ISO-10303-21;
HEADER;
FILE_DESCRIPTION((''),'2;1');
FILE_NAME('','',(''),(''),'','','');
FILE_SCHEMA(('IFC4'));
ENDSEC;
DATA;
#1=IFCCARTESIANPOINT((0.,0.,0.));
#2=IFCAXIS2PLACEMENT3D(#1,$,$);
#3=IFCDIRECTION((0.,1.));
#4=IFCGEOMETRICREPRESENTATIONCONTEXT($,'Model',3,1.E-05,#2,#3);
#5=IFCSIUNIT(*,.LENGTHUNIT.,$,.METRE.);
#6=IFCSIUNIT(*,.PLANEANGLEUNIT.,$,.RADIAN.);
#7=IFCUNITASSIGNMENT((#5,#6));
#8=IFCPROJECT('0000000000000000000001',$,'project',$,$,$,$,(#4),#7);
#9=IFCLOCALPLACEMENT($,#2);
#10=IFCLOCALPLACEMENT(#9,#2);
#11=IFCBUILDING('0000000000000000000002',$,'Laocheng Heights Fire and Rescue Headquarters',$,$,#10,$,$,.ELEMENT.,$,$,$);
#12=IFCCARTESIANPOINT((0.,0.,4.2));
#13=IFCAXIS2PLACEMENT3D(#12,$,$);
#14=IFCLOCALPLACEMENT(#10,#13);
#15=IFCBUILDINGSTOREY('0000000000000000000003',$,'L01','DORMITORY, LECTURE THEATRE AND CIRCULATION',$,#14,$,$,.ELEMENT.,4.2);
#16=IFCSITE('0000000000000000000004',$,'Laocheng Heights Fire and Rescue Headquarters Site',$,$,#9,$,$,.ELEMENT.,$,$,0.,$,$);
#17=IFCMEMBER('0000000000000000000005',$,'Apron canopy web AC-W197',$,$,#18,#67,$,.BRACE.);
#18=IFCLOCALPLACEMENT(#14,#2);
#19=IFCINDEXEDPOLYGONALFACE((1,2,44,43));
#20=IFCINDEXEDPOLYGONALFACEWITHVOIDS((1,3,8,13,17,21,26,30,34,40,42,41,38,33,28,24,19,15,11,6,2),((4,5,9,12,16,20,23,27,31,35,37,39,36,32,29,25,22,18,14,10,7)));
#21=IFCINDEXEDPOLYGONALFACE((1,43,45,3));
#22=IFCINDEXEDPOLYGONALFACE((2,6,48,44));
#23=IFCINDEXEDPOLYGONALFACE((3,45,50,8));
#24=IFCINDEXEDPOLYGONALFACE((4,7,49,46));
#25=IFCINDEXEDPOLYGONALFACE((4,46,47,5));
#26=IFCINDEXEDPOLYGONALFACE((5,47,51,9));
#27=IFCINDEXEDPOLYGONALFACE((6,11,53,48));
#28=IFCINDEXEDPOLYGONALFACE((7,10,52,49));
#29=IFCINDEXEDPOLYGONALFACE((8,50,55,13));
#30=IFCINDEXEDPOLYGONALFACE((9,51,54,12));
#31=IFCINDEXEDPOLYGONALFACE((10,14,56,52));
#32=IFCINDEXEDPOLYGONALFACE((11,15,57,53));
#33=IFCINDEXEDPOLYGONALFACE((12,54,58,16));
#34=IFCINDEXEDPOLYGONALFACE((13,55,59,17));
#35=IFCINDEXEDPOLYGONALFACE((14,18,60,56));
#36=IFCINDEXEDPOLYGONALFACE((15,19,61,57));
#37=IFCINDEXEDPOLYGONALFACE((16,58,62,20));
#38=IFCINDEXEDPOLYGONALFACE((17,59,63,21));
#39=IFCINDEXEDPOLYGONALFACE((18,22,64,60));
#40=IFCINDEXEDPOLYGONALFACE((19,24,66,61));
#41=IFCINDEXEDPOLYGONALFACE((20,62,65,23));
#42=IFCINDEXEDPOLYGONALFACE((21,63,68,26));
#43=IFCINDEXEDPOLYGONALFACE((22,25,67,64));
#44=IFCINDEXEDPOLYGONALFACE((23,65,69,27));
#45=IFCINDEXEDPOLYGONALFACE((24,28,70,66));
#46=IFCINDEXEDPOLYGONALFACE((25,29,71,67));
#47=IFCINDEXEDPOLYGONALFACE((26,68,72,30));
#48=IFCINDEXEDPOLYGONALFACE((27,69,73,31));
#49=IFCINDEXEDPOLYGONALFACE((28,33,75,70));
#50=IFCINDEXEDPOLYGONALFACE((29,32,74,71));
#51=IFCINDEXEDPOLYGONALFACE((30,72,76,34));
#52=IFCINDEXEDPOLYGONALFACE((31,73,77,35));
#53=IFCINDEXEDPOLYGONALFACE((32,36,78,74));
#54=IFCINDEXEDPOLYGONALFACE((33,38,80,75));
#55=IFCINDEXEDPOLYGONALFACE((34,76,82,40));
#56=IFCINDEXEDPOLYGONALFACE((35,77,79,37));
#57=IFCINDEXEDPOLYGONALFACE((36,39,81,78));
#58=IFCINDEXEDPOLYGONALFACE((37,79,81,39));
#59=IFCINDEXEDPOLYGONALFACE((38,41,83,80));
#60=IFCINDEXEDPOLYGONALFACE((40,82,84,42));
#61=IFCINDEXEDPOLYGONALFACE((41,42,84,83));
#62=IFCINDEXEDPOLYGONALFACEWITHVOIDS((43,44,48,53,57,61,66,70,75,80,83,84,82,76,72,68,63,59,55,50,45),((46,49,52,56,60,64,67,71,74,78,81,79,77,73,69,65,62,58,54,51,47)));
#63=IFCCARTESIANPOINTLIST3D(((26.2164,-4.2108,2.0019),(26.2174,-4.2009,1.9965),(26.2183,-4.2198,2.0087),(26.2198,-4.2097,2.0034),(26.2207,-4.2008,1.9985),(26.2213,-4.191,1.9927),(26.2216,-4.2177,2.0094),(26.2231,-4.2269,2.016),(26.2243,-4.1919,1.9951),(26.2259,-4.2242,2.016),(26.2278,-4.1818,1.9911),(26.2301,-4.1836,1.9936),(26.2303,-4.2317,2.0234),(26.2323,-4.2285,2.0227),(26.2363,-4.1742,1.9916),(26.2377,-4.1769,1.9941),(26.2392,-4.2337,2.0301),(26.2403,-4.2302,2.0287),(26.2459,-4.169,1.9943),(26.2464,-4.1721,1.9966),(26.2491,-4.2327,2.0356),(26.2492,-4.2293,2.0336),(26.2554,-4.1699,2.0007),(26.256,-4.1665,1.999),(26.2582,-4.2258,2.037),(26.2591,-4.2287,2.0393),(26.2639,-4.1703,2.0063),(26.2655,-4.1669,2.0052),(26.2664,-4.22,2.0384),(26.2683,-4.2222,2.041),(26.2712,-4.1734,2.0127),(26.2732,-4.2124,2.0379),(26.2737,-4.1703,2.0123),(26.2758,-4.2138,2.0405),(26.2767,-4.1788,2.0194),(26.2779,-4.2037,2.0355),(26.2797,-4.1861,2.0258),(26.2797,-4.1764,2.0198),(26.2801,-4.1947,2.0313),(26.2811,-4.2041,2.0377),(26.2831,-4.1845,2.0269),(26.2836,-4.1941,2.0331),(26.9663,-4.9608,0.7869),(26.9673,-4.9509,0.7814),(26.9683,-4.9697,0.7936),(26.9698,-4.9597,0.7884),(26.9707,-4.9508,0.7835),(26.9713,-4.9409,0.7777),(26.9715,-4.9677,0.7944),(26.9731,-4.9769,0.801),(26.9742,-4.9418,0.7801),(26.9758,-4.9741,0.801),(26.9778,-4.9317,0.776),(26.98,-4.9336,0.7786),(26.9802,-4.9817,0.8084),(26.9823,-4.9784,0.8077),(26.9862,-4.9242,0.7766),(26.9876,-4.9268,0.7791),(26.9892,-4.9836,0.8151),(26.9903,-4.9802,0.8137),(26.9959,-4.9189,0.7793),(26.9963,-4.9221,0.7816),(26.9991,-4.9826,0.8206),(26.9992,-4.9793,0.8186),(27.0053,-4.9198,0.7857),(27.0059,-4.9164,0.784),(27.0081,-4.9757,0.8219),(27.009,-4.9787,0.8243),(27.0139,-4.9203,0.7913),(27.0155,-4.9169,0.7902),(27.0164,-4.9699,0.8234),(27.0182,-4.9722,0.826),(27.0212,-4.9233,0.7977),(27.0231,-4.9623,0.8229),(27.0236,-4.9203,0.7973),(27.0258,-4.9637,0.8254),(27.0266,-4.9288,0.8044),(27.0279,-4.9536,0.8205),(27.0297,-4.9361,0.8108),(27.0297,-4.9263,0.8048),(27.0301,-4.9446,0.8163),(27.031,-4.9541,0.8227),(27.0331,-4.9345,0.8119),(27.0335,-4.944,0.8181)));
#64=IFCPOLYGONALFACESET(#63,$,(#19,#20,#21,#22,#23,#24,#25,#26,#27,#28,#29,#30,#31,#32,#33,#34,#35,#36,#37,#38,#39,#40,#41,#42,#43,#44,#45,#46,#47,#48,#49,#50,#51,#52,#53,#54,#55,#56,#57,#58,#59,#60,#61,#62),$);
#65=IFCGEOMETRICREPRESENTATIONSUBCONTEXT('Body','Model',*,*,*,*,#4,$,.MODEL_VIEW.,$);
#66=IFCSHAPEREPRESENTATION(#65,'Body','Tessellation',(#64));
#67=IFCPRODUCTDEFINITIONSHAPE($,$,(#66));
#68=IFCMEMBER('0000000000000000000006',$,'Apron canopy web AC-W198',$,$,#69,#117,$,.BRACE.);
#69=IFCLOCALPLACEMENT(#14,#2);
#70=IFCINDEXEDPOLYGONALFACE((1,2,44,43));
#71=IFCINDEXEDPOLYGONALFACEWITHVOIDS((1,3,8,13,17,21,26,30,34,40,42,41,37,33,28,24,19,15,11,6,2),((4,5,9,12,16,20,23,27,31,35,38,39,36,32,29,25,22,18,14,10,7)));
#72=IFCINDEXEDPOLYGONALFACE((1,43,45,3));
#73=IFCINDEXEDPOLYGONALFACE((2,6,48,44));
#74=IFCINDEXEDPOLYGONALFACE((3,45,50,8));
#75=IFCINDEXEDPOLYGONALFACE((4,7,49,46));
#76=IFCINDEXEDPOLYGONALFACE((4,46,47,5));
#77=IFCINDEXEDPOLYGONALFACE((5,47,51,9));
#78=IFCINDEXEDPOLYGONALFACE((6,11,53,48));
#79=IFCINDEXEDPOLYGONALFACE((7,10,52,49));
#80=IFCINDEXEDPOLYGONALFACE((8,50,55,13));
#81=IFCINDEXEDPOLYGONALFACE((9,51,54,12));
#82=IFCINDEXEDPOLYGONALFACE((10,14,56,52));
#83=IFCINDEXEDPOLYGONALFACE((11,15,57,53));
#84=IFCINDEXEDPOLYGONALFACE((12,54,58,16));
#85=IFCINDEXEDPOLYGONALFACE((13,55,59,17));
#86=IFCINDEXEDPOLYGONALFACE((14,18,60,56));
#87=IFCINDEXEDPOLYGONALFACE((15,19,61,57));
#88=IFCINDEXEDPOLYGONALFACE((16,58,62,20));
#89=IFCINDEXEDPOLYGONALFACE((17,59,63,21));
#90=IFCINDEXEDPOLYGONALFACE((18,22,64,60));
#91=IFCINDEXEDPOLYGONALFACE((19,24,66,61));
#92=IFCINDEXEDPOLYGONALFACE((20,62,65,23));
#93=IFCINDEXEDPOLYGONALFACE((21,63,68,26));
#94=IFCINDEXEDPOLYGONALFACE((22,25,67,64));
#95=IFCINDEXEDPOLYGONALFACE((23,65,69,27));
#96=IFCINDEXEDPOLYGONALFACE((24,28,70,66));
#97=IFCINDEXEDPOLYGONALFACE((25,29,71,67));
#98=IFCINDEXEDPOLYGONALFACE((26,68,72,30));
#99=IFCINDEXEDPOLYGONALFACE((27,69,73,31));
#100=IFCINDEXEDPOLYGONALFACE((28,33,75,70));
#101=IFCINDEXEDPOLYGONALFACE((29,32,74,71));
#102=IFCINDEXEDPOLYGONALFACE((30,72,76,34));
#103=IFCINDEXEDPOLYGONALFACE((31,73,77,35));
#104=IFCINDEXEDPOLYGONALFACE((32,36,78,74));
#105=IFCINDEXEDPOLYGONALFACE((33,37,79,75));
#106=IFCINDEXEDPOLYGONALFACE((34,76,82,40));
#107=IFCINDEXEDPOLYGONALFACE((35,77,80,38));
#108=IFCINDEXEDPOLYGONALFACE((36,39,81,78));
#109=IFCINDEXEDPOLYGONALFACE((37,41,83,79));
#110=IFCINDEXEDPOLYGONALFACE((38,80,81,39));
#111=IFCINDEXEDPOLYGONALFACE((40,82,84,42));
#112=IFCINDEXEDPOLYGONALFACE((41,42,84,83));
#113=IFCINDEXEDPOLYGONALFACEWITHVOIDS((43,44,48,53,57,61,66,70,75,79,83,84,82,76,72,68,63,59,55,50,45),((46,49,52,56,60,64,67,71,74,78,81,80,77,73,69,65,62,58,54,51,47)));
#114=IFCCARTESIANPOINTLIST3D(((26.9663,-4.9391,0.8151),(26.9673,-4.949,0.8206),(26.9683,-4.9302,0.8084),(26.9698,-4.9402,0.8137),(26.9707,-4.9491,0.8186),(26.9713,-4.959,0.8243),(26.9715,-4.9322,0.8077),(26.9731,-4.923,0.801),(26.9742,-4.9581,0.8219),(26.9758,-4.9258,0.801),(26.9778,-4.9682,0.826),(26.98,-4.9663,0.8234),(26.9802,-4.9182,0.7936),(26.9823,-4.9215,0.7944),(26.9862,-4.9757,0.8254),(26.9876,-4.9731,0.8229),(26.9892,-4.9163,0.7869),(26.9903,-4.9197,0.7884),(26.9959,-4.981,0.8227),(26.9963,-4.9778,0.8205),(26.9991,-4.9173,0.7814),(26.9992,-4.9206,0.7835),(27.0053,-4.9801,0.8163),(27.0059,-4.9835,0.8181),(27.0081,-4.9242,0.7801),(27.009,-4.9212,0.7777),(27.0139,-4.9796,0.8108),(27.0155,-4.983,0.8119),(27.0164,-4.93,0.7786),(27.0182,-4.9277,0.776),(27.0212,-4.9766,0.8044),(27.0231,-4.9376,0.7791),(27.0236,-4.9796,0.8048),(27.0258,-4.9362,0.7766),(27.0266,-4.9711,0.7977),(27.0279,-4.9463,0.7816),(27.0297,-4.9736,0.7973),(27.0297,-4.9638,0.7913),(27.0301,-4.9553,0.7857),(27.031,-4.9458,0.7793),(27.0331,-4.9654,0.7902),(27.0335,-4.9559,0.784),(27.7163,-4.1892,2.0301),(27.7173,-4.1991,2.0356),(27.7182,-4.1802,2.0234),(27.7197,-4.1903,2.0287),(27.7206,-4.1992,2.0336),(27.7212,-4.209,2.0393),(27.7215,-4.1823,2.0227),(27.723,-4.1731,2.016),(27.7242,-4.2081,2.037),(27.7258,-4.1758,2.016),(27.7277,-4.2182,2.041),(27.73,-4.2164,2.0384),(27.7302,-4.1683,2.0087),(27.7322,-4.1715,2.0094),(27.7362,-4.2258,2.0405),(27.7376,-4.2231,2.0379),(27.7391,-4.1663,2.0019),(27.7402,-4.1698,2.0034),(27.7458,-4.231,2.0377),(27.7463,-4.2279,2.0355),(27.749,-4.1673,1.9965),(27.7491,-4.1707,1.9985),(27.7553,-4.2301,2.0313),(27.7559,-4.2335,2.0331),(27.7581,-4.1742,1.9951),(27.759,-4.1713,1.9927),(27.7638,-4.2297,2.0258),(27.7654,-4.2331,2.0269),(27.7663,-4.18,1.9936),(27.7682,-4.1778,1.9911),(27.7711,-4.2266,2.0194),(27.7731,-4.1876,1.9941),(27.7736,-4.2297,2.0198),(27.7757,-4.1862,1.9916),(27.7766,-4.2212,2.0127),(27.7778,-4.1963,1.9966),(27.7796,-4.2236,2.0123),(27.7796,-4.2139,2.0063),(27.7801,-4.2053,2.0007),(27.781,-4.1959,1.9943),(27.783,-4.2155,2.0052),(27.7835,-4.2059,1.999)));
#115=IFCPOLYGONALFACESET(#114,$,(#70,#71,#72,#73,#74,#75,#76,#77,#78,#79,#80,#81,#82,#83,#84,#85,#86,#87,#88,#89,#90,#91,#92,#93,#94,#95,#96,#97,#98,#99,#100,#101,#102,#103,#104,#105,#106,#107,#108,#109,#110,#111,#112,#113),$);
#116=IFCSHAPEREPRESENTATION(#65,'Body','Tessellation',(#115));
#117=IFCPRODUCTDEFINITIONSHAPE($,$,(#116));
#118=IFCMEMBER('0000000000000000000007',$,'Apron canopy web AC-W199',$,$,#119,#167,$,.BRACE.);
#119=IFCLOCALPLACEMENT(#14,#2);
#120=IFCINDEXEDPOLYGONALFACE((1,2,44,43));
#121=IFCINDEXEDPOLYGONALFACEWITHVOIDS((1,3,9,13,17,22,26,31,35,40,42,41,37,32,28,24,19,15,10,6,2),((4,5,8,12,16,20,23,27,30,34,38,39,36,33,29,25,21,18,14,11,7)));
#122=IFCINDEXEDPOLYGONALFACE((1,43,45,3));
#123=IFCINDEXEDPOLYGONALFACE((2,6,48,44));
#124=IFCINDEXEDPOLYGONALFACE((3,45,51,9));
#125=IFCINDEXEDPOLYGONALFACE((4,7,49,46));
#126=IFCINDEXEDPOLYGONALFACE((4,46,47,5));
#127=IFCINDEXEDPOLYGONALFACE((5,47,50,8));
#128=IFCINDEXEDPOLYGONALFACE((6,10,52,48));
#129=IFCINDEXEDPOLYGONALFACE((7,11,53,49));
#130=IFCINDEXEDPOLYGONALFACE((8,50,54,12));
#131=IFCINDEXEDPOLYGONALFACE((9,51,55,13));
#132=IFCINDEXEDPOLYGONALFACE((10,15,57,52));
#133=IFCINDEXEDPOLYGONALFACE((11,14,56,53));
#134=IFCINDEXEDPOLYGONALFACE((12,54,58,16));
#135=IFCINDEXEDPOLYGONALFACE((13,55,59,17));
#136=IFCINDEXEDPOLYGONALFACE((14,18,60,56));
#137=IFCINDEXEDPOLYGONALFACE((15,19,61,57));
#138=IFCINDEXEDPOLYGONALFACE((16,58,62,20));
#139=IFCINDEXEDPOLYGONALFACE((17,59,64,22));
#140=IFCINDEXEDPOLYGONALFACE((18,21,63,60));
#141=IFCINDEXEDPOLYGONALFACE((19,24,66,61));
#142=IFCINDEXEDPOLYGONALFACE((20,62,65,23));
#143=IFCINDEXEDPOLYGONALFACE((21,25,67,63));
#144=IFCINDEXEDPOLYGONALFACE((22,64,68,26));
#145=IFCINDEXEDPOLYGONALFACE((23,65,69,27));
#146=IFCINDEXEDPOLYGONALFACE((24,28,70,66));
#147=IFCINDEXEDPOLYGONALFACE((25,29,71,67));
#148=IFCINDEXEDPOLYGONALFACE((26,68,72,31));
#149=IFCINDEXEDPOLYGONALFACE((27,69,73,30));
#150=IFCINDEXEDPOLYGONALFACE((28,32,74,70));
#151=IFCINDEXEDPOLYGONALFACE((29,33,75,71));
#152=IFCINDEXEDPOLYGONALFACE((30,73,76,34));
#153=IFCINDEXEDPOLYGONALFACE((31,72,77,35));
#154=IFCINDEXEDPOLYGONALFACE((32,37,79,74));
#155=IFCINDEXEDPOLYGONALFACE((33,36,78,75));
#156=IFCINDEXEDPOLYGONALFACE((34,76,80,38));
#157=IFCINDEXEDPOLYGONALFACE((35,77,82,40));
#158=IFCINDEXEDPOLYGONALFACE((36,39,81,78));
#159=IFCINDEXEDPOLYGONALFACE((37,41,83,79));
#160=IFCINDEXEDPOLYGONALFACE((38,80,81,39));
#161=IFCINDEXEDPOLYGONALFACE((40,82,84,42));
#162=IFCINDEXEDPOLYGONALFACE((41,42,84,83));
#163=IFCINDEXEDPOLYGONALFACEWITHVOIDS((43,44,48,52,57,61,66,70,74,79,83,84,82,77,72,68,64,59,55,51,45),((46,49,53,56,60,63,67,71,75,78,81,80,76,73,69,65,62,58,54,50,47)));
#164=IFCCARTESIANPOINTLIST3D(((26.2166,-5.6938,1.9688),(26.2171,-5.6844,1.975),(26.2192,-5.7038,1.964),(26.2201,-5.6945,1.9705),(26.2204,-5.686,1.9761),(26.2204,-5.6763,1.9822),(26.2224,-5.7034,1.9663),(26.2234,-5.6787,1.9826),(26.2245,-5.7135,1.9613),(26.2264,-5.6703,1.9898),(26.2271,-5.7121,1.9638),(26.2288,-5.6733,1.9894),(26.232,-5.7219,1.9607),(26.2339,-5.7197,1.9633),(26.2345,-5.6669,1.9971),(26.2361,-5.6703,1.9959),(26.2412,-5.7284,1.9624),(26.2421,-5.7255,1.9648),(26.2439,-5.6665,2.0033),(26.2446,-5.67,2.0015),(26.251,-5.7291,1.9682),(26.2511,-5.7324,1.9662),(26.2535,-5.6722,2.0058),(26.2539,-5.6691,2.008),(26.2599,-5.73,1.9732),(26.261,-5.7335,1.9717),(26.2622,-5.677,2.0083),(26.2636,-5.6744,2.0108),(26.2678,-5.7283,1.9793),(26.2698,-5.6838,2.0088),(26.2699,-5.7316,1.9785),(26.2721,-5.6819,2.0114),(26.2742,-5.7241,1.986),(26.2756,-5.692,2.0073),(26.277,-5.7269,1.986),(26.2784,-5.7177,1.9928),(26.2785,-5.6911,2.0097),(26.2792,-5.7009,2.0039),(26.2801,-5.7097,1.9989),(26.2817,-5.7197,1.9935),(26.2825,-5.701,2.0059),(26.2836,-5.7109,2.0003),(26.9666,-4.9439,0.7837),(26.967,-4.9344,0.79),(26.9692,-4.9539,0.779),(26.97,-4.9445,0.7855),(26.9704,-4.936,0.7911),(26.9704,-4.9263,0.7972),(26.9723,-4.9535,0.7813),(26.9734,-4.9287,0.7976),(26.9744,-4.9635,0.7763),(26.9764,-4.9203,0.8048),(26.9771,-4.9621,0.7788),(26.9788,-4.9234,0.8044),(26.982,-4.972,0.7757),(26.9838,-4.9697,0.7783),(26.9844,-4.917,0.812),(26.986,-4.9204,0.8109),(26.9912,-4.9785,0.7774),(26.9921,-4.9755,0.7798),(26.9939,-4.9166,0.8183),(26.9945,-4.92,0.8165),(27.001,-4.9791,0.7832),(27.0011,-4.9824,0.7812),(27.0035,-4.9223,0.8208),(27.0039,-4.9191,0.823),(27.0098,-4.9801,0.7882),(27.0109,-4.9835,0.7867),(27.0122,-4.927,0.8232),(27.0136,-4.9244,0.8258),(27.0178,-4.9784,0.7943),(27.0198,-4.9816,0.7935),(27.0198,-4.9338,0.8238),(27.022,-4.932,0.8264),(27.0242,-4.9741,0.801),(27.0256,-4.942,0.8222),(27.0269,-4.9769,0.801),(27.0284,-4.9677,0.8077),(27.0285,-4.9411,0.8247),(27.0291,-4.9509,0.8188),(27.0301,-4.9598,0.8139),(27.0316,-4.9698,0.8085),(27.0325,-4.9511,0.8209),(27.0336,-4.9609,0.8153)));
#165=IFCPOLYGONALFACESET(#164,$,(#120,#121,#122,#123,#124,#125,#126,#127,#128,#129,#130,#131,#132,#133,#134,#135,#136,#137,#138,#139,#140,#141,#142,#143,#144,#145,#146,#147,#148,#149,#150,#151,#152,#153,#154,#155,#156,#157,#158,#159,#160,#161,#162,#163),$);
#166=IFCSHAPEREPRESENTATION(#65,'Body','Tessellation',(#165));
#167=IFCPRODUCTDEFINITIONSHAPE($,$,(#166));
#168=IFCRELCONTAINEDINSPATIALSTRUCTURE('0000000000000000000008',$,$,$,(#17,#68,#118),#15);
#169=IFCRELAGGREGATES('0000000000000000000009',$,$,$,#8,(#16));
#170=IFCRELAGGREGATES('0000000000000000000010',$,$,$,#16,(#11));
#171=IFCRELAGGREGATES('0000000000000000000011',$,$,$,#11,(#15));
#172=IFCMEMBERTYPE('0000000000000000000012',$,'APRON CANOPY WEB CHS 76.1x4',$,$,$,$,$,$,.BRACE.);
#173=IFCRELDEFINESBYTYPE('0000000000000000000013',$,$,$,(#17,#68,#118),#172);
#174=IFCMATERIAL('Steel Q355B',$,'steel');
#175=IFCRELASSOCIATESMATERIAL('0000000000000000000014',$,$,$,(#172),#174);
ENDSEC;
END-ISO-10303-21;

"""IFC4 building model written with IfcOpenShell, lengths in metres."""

from ifc_helpers import new_model, si_unit, direction, frame, origin, origin_2d, place, context, subcontext, project, spatial, hollow_circle, extrude, material, material_profile, profile_set, type_object, element, save


model = new_model("IFC4")

# Units and contexts
model_context = context("Model", 3, precision=1e-05, world=origin(), true_north=direction((0.0, 1.0)))
body_context = subcontext(model_context, "Body", "Model", "MODEL_VIEW")
ifc_project = project(units=[si_unit("LENGTHUNIT", "METRE"), si_unit("PLANEANGLEUNIT", "RADIAN")], contexts=[model_context])

# Site, building, storey
site_placement = place(None, origin())
site = spatial("IfcSite", under=ifc_project, at=site_placement, Name="Laocheng Heights Fire and Rescue Headquarters Site", CompositionType="ELEMENT", RefElevation=0.0)
building_placement = place(site_placement, origin())
building = spatial("IfcBuilding", under=site, at=building_placement, Name="Laocheng Heights Fire and Rescue Headquarters", CompositionType="ELEMENT")
storey_placement = place(building_placement, frame((0.0, 0.0, 4.2)))
storey = spatial("IfcBuildingStorey", under=building, at=storey_placement, Name="L01", Description="DORMITORY, LECTURE THEATRE AND CIRCULATION", CompositionType="ELEMENT", Elevation=4.2)

# Members
ifc_material_1 = material(Name="Steel Q355B", Category="steel")
ifc_material_profile_1 = material_profile(ifc_material_1, hollow_circle(Radius=0.0381, WallThickness=0.0039, at=origin_2d()), Name="CHS 76.1x4")
ifc_profile_set_1 = profile_set([ifc_material_profile_1], Name="Steel Q355B")
member_type_1 = type_object("IfcMemberType", Name="APRON CANOPY WEB CHS 76.1x4", PredefinedType="BRACE", material=ifc_profile_set_1)
for number, where, z_axis, x_axis, name in (
    (1, (27.0, -4.95, 0.801), (-0.465002, 0.465002, 0.753357), (-0.707107, -0.707107, 0.0), "Apron canopy web AC-W197"),
    (2, (27.0, -4.95, 0.801), (0.465002, 0.465002, 0.753357), (-0.707107, 0.707107, 0.0), "Apron canopy web AC-W198"),
):
    element("IfcMember", number, at=place(storey_placement, frame(where, z_axis=z_axis, x_axis=x_axis)), inside=storey, type_object=member_type_1, Name=name, PredefinedType="BRACE", context=body_context, shape_type="SweptSolid", body=[
        extrude(hollow_circle(Radius=0.0381, WallThickness=0.0039, at=origin_2d()), origin(), (0.0, 0.0, 1.0), 1.6128),
    ])
for number, where, z_axis, x_axis, name in (
    (3, (27.0, -4.95, 0.801), (-0.47158, -0.47158, 0.745134), (0.707107, -0.707107, 0.0), "Apron canopy web AC-W199"),
):
    element("IfcMember", number, at=place(storey_placement, frame(where, z_axis=z_axis, x_axis=x_axis)), inside=storey, type_object=member_type_1, Name=name, PredefinedType="BRACE", context=body_context, shape_type="SweptSolid", body=[
        extrude(hollow_circle(Radius=0.0381, WallThickness=0.0039, at=origin_2d()), origin(), (0.0, 0.0, 1.0), 1.5903),
    ])

save(model, "model.ifc")
